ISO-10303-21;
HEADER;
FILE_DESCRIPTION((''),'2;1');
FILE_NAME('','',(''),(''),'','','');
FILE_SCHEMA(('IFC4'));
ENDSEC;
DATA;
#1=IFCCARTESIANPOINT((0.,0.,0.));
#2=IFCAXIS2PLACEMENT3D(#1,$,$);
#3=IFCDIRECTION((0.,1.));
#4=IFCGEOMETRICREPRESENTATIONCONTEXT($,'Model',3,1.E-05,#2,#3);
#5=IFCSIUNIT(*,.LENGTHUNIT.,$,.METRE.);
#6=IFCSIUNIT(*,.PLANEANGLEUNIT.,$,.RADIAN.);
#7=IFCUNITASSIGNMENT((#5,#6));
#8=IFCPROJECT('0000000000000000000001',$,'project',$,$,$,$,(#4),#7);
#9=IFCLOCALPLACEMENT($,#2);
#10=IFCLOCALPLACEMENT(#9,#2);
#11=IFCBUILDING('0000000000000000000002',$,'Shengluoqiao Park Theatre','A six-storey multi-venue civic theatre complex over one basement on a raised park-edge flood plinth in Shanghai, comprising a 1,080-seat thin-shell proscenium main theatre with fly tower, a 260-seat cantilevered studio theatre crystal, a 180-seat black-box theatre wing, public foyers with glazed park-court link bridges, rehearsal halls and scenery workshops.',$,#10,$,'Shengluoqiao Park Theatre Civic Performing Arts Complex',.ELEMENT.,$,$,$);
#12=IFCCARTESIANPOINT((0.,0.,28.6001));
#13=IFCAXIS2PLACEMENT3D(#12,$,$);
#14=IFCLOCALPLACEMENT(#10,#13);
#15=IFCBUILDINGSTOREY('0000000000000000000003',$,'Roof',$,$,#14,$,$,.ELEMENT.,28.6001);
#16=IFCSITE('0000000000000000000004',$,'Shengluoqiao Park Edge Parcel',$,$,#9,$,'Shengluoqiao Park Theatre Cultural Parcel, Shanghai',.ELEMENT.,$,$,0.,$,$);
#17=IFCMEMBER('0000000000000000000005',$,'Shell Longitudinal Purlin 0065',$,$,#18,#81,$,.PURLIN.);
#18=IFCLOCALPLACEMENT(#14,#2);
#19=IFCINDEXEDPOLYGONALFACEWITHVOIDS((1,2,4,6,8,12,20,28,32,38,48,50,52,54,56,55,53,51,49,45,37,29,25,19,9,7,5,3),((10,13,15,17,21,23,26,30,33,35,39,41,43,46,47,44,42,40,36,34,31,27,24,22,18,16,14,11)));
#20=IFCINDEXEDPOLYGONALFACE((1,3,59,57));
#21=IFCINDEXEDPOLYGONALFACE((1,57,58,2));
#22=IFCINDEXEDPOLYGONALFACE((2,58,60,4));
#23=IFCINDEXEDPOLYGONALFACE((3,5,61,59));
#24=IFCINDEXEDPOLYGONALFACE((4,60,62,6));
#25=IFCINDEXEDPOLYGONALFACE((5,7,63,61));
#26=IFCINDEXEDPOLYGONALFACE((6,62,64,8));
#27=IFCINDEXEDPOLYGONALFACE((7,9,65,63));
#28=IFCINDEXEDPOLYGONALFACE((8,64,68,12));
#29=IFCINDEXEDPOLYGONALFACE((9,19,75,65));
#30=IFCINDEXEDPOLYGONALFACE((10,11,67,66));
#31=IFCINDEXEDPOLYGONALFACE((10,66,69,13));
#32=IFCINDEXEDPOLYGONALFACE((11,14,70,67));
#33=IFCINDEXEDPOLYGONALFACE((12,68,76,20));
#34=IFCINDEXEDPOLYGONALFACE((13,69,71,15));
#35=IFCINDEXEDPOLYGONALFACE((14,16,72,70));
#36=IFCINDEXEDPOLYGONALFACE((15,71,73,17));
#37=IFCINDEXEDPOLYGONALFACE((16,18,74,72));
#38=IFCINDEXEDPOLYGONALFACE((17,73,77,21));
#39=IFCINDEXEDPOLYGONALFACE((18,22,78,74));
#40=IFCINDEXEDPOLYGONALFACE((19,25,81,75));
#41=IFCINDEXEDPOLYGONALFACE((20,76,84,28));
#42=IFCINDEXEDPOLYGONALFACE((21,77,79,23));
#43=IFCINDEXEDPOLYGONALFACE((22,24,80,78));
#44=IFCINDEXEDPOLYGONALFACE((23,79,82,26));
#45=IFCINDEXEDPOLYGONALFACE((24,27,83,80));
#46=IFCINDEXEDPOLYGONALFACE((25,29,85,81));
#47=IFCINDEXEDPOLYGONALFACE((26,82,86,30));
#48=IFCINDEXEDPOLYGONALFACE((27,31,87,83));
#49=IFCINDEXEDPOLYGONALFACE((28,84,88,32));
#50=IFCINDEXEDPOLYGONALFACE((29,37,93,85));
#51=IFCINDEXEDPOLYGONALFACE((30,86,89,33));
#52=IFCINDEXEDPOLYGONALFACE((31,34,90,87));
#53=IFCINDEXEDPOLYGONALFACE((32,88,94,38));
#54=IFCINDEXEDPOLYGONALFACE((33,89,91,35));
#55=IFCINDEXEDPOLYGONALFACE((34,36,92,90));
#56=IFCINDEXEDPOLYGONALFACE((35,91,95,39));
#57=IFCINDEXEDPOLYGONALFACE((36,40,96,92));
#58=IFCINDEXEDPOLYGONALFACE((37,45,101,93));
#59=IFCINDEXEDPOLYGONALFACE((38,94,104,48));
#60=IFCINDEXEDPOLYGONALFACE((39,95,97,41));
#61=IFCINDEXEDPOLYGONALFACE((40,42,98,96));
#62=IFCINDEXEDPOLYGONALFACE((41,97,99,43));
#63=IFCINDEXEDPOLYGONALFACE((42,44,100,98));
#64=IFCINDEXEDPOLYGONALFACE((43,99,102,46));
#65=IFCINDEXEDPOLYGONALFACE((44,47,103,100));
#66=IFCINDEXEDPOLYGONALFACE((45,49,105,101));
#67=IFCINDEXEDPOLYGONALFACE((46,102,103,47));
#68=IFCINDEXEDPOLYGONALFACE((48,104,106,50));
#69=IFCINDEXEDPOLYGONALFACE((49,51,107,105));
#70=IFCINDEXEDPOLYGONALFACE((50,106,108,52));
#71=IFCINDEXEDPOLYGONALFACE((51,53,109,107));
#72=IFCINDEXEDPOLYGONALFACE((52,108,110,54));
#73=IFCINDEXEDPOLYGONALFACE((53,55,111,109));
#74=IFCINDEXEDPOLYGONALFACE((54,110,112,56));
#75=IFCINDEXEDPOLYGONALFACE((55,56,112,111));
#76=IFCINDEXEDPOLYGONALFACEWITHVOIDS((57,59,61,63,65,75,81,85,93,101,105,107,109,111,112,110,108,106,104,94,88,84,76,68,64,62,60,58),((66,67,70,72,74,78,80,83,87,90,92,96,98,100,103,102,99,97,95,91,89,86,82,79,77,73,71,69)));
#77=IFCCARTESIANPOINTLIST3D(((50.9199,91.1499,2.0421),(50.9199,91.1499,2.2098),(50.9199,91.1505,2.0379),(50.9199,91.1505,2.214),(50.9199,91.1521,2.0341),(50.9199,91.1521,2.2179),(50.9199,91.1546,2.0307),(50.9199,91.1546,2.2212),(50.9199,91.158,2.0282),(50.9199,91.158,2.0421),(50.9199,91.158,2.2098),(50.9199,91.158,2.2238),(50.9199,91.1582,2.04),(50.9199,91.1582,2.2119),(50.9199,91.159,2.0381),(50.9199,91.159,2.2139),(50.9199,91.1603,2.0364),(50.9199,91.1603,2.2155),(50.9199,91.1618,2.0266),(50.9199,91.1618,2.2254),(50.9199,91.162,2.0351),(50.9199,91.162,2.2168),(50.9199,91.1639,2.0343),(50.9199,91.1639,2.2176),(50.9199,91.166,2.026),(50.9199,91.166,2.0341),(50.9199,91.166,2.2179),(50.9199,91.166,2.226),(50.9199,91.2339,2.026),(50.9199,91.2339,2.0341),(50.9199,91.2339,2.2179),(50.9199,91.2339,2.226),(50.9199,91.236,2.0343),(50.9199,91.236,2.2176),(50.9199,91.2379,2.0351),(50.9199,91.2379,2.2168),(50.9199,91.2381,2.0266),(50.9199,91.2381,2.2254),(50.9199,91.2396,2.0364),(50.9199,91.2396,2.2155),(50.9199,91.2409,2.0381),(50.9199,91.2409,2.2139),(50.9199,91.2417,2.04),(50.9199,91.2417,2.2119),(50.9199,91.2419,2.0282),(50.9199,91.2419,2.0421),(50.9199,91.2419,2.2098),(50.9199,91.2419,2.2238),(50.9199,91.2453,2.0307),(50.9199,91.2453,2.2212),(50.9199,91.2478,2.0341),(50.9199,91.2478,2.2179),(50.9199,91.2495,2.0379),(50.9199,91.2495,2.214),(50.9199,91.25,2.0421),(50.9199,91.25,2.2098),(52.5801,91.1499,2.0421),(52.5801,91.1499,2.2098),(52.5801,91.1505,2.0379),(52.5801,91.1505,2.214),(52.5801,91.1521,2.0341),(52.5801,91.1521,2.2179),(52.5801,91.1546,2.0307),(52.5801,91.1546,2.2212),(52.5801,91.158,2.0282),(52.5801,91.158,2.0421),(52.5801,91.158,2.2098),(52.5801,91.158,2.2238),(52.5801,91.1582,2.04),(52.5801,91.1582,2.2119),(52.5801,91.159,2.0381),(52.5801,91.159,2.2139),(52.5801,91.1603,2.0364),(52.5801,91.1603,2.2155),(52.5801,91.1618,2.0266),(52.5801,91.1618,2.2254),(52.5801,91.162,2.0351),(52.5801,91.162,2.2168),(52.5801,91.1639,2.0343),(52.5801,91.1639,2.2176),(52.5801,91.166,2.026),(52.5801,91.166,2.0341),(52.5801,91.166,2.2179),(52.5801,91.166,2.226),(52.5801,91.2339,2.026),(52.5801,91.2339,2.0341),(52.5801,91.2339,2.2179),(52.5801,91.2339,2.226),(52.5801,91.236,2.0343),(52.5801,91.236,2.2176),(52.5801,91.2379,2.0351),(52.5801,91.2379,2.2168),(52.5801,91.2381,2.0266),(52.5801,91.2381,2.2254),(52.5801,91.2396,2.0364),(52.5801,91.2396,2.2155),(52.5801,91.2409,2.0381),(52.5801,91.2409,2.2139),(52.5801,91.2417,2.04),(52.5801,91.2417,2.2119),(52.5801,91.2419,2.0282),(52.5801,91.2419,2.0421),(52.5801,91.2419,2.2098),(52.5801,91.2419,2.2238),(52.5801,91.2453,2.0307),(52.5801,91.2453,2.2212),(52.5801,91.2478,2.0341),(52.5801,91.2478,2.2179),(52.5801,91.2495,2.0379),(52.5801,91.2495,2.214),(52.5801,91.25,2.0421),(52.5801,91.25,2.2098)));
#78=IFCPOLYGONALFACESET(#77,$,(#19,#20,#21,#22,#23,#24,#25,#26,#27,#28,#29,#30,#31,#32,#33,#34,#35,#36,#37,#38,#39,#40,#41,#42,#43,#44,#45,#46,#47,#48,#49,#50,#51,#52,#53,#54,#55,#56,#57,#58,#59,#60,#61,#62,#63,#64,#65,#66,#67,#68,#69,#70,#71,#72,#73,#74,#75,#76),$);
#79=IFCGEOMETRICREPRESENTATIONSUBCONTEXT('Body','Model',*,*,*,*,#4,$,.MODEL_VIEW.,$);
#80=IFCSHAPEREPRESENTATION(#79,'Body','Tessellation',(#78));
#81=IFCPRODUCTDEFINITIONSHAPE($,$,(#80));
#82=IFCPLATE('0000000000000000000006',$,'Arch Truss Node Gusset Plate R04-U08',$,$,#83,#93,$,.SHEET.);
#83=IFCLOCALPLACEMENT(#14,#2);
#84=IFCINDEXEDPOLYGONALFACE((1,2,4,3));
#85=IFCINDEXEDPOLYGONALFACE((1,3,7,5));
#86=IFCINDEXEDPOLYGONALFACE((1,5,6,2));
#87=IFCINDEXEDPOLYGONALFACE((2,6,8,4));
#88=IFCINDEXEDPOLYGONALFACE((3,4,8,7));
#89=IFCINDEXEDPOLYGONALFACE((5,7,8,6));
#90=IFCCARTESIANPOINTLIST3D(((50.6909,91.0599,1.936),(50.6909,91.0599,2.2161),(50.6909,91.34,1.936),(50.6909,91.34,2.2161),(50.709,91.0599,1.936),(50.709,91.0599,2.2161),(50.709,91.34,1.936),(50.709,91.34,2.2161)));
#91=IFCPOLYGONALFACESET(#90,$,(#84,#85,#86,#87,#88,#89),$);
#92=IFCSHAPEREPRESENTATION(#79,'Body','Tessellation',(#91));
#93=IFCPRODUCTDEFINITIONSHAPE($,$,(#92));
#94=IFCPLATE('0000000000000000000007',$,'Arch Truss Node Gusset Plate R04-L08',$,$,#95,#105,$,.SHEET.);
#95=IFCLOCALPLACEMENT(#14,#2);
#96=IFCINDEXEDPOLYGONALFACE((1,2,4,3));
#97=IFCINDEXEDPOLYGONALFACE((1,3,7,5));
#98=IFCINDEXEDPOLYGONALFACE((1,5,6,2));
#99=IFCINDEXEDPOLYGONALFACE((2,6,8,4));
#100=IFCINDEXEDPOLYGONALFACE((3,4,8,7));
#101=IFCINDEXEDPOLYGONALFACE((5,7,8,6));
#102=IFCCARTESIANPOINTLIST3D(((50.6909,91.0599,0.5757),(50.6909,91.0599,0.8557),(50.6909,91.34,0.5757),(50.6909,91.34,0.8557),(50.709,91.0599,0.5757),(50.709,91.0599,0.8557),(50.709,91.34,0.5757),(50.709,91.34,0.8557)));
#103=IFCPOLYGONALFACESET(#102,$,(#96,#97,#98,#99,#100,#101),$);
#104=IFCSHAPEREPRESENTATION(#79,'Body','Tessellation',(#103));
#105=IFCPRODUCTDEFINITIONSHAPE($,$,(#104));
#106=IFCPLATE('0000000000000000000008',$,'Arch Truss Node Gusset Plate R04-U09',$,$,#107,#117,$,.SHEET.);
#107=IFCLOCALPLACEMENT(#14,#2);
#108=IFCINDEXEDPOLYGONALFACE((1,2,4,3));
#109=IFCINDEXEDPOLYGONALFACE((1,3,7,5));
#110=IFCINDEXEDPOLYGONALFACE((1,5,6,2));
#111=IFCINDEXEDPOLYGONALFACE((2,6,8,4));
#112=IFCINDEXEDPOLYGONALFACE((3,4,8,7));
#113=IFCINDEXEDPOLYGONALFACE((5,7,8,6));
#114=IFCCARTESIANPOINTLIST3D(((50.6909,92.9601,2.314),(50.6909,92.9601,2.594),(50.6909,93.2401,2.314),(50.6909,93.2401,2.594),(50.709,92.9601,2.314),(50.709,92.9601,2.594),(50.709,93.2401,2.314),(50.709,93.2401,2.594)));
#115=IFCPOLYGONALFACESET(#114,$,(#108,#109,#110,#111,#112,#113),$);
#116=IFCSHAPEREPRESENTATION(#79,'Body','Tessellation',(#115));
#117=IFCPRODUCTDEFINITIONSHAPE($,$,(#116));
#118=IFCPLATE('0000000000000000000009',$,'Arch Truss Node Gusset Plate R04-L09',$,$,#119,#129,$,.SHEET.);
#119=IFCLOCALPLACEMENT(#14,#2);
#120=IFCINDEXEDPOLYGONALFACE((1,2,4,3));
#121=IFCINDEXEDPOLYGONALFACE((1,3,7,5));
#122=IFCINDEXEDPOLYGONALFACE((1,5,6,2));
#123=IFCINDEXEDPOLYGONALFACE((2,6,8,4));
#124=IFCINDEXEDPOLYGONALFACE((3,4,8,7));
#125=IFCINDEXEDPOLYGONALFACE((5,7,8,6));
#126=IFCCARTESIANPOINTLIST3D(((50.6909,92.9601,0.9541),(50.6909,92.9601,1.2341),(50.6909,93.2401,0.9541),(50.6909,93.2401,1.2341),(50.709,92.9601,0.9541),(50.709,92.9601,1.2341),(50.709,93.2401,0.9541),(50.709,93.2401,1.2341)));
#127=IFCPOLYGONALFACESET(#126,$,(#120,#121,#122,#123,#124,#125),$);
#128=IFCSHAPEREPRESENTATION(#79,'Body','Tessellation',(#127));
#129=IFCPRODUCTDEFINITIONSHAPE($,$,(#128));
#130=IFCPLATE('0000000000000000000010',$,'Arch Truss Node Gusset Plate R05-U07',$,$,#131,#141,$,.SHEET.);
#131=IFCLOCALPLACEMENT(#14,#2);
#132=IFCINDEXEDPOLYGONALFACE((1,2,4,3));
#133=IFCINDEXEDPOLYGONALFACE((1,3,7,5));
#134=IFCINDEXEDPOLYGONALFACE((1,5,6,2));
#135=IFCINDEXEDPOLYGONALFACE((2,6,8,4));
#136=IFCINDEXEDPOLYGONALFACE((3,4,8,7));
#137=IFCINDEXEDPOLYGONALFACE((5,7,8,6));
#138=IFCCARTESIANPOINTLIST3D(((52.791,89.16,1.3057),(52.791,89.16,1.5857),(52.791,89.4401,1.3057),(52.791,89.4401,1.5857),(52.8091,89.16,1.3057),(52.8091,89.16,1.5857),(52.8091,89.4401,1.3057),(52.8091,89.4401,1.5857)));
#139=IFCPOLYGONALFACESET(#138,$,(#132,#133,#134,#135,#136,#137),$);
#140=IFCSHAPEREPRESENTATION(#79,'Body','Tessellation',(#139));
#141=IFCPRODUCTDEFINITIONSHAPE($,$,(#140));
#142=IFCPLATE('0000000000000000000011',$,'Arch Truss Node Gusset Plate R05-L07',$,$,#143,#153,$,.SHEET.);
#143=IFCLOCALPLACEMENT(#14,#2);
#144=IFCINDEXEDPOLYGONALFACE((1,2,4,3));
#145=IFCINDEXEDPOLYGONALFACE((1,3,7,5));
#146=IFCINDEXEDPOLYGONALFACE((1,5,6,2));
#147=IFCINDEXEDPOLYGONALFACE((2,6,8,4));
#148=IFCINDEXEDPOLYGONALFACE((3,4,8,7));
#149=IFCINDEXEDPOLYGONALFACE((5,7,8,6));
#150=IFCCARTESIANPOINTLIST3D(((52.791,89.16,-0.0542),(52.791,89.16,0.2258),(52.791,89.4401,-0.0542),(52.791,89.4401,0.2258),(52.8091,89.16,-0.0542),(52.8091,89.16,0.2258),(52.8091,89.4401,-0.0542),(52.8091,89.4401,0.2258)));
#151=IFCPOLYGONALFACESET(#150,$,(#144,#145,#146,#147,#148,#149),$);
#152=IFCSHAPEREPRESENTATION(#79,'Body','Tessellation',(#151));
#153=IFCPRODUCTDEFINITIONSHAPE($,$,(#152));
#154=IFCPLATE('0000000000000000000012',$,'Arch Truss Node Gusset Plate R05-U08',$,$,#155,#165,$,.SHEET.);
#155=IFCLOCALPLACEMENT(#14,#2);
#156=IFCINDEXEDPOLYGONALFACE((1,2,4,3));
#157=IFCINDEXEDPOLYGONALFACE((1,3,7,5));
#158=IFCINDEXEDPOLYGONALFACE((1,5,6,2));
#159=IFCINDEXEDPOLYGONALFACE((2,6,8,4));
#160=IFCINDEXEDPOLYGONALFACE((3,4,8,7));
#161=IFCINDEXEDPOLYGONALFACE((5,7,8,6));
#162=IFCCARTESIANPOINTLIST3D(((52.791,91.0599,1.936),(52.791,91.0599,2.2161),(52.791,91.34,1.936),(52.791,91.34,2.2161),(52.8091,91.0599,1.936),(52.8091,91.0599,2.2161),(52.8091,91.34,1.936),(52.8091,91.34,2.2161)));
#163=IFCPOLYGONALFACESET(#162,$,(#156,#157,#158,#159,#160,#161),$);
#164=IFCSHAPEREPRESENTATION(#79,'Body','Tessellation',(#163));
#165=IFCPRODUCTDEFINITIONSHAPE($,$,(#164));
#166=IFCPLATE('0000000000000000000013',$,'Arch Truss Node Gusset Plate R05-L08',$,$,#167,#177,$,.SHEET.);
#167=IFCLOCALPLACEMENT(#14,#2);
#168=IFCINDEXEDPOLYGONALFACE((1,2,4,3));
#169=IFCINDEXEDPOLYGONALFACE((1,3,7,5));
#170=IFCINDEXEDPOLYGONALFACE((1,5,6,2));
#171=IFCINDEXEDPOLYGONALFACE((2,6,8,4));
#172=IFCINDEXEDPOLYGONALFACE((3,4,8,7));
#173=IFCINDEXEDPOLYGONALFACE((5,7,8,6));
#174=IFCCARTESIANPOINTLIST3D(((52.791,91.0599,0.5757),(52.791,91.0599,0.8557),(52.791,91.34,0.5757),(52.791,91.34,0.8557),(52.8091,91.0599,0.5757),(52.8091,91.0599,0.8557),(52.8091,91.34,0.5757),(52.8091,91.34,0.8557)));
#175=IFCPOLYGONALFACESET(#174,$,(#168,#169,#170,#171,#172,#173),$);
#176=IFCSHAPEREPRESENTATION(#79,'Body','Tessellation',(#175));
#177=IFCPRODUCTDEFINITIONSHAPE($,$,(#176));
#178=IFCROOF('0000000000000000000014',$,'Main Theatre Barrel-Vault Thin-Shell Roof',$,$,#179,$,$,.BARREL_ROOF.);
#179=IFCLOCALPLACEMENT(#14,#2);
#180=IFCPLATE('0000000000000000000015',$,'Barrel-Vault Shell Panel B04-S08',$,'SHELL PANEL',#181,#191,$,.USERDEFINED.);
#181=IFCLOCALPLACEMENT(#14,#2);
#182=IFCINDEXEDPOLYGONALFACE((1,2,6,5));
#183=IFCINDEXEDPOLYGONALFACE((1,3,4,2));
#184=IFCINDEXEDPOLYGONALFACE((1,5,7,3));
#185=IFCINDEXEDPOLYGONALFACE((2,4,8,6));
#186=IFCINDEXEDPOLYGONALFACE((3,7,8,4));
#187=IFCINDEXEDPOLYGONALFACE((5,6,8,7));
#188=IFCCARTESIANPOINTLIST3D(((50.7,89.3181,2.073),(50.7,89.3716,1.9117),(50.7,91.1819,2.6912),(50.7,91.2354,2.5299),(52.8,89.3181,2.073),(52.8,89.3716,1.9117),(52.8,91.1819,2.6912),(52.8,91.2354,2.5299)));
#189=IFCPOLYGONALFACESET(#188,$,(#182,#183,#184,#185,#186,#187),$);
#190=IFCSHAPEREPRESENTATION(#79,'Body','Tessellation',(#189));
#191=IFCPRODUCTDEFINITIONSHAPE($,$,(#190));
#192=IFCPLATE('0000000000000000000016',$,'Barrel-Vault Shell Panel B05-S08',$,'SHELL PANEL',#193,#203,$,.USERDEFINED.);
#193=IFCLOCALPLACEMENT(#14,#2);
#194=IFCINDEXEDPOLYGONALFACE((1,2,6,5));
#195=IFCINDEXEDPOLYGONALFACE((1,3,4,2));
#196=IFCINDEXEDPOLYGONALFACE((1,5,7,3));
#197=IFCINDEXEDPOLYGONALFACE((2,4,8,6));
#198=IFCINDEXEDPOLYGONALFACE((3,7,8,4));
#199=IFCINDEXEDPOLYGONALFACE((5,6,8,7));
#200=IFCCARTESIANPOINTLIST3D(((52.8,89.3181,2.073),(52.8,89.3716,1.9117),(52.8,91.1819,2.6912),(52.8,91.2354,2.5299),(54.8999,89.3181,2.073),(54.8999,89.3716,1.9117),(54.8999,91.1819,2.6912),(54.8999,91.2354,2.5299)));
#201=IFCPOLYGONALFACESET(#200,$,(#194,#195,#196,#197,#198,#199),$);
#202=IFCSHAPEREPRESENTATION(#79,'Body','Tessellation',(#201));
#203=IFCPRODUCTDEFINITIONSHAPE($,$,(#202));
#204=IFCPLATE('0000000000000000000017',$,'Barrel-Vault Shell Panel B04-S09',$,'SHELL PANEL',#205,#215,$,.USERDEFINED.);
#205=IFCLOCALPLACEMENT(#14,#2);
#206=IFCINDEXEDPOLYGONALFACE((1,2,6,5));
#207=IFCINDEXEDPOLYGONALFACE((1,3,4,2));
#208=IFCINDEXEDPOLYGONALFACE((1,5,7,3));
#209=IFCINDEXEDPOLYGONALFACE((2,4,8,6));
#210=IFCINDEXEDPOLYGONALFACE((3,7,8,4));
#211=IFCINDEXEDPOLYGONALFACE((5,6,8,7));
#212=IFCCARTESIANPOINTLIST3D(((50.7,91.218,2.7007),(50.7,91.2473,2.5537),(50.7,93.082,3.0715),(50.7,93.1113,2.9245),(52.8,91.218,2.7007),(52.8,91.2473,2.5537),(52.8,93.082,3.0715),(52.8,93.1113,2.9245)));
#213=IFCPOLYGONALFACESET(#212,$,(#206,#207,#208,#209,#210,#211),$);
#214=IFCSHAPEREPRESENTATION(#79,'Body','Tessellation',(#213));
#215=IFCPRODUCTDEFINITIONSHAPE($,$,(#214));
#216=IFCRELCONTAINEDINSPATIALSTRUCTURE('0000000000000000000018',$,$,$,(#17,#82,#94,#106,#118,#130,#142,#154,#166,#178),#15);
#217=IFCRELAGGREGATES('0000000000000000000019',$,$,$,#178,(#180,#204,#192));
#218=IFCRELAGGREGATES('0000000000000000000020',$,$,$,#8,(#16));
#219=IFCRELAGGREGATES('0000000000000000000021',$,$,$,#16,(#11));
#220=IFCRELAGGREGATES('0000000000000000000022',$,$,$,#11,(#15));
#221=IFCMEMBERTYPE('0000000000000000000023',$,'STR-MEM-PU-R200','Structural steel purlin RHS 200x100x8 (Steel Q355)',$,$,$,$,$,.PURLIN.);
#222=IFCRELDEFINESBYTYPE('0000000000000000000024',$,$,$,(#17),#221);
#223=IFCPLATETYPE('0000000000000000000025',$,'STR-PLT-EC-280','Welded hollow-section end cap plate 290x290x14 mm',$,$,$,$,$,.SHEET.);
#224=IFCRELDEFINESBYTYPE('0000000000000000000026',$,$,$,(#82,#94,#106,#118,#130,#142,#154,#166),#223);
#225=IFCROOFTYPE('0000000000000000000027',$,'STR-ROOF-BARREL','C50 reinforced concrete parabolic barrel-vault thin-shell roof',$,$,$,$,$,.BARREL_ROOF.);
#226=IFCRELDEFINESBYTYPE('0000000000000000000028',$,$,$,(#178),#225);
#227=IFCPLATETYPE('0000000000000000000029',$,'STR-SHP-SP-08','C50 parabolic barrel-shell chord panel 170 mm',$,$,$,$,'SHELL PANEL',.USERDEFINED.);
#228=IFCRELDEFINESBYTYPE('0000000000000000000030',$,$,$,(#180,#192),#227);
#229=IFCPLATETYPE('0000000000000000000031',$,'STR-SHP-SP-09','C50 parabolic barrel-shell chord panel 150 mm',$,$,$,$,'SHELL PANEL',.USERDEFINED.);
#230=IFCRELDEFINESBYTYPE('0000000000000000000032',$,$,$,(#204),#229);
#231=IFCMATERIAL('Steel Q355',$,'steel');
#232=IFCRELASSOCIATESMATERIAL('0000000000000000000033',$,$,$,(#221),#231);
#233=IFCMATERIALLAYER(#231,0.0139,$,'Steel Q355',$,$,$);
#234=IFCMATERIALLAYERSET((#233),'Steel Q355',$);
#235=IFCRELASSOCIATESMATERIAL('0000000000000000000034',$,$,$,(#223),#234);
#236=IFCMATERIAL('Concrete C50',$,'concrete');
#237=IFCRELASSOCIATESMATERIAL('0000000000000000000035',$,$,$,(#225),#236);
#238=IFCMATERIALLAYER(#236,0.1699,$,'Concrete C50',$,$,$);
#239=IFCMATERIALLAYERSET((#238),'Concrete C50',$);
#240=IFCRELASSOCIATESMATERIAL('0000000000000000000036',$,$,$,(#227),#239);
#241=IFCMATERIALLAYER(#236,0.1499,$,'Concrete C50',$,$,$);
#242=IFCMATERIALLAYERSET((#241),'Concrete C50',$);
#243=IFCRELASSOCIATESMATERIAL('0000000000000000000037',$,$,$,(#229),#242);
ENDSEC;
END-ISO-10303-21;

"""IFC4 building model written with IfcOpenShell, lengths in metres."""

from ifc_helpers import new_model, si_unit, direction, frame, origin, origin_2d, place, context, subcontext, project, spatial, polyline, rectangle, hollow_rectangle, outline, extrude, material, layer, layer_set, material_profile, profile_set, type_object, element, aggregate, save


model = new_model("IFC4")

# Units and contexts
model_context = context("Model", 3, precision=1e-05, world=origin(), true_north=direction((0.0, 1.0)))
body_context = subcontext(model_context, "Body", "Model", "MODEL_VIEW")
ifc_project = project(units=[si_unit("LENGTHUNIT", "METRE"), si_unit("PLANEANGLEUNIT", "RADIAN")], contexts=[model_context])

# Site, building, storey
site_placement = place(None, origin())
site = spatial("IfcSite", under=ifc_project, at=site_placement, Name="Shengluoqiao Park Edge Parcel", LongName="Shengluoqiao Park Theatre Cultural Parcel, Shanghai", CompositionType="ELEMENT", RefElevation=0.0)
building_placement = place(site_placement, origin())
building = spatial("IfcBuilding", under=site, at=building_placement, Name="Shengluoqiao Park Theatre", Description="A six-storey multi-venue civic theatre complex over one basement on a raised park-edge flood plinth in Shanghai, comprising a 1,080-seat thin-shell proscenium main theatre with fly tower, a 260-seat cantilevered studio theatre crystal, a 180-seat black-box theatre wing, public foyers with glazed park-court link bridges, rehearsal halls and scenery workshops.", LongName="Shengluoqiao Park Theatre Civic Performing Arts Complex", CompositionType="ELEMENT")
storey_placement = place(building_placement, frame((0.0, 0.0, 28.6001)))
storey = spatial("IfcBuildingStorey", under=building, at=storey_placement, Name="Roof", CompositionType="ELEMENT", Elevation=28.6001)

# Shared definitions
ifc_material_1 = material(Name="Concrete C50", Category="concrete")
ifc_material_2 = material(Name="Steel Q355", Category="steel")

# Member
ifc_material_profile_1 = material_profile(ifc_material_2, hollow_rectangle(XDim=0.1001, YDim=0.2, WallThickness=0.0081, InnerFilletRadius=0.0081, OuterFilletRadius=0.0161, at=origin_2d()), Name="RHS 200x100x8")
ifc_profile_set_1 = profile_set([ifc_material_profile_1], Name="Steel Q355")
member_type_1 = type_object("IfcMemberType", Name="STR-MEM-PU-R200", Description="Structural steel purlin RHS 200x100x8 (Steel Q355)", PredefinedType="PURLIN", material=ifc_profile_set_1)
member_1_placement = place(storey_placement, frame((50.9199, 91.2, 2.126), z_axis=(1.0, 0.0, 0.0), x_axis=(0.0, 1.0, 0.0)))
element("IfcMember", 1, at=member_1_placement, inside=storey, type_object=member_type_1, Name="Shell Longitudinal Purlin 0065", PredefinedType="PURLIN", context=body_context, shape_type="SweptSolid", body=[
    extrude(hollow_rectangle(XDim=0.1001, YDim=0.2, WallThickness=0.0081, InnerFilletRadius=0.0081, OuterFilletRadius=0.0161, at=origin_2d()), origin(), (0.0, 0.0, 1.0), 1.6602),
])

# Plates
ifc_layer_1 = layer(ifc_material_2, 0.0139, Name="Steel Q355")
ifc_layer_set_1 = layer_set([ifc_layer_1], Name="Steel Q355")
plate_type_1 = type_object("IfcPlateType", Name="STR-PLT-EC-280", Description="Welded hollow-section end cap plate 290x290x14 mm", PredefinedType="SHEET", material=ifc_layer_set_1)
for number, where, z_axis, x_axis, name in (
    (2, (50.7, 91.2, 1.936), (0.0, 0.0, 1.0), (1.0, 0.0, 0.0), "Arch Truss Node Gusset Plate R04-U08"),
    (3, (50.7, 91.2, 0.5757), (0.0, 0.0, 1.0), (1.0, 0.0, 0.0), "Arch Truss Node Gusset Plate R04-L08"),
    (4, (50.7, 93.1001, 2.314), (0.0, 0.0, 1.0), (1.0, 0.0, 0.0), "Arch Truss Node Gusset Plate R04-U09"),
    (5, (50.7, 93.1001, 0.9541), (0.0, 0.0, 1.0), (1.0, 0.0, 0.0), "Arch Truss Node Gusset Plate R04-L09"),
    (6, (52.8, 89.3, 1.3057), (0.0, 0.0, 1.0), (1.0, 0.0, 0.0), "Arch Truss Node Gusset Plate R05-U07"),
    (7, (52.8, 89.3, -0.0542), (0.0, 0.0, 1.0), (1.0, 0.0, 0.0), "Arch Truss Node Gusset Plate R05-L07"),
    (8, (52.8, 91.2, 1.936), (0.0, 0.0, 1.0), (1.0, 0.0, 0.0), "Arch Truss Node Gusset Plate R05-U08"),
    (9, (52.8, 91.2, 0.5757), (0.0, 0.0, 1.0), (1.0, 0.0, 0.0), "Arch Truss Node Gusset Plate R05-L08"),
):
    element("IfcPlate", number, at=place(storey_placement, frame(where, z_axis=z_axis, x_axis=x_axis)), inside=storey, type_object=plate_type_1, Name=name, PredefinedType="SHEET", context=body_context, shape_type="SweptSolid", body=[
        extrude(rectangle(XDim=0.0181, YDim=0.28, at=origin_2d()), origin(), (0.0, 0.0, 1.0), 0.28),
    ])

# Roof, plates
roof_type = type_object("IfcRoofType", Name="STR-ROOF-BARREL", Description="C50 reinforced concrete parabolic barrel-vault thin-shell roof", PredefinedType="BARREL_ROOF", material=ifc_material_1)
roof_placement = place(storey_placement, origin())
roof = element("IfcRoof", 10, at=roof_placement, inside=storey, type_object=roof_type, Name="Main Theatre Barrel-Vault Thin-Shell Roof", PredefinedType="BARREL_ROOF")
ifc_layer_2 = layer(ifc_material_1, 0.1699, Name="Concrete C50")
ifc_layer_set_2 = layer_set([ifc_layer_2], Name="Concrete C50")
plate_type_2 = type_object("IfcPlateType", Name="STR-SHP-SP-08", Description="C50 parabolic barrel-shell chord panel 170 mm", ElementType="SHELL PANEL", PredefinedType="USERDEFINED", material=ifc_layer_set_2)
plate_1_placement = place(storey_placement, frame((50.7, 89.3181, 2.073), z_axis=(0.0, -0.31481, 0.949155), x_axis=(1.0, 0.0, 0.0)))
plate_1 = element("IfcPlate", 11, at=plate_1_placement, type_object=plate_type_2, Name="Barrel-Vault Shell Panel B04-S08", ObjectType="SHELL PANEL", PredefinedType="USERDEFINED", context=body_context, shape_type="SweptSolid", body=[
    extrude(outline(polyline([(0.0, 0.0), (2.1001, 0.0), (2.1001, 1.9636), (0.0, 1.9636), (0.0, 0.0)])), origin(), (0.0, 0.0, -1.0), 0.1699),
])
plate_2_placement = place(storey_placement, frame((52.8, 89.3181, 2.073), z_axis=(0.0, -0.31481, 0.949155), x_axis=(1.0, 0.0, 0.0)))
plate_2 = element("IfcPlate", 12, at=plate_2_placement, type_object=plate_type_2, Name="Barrel-Vault Shell Panel B05-S08", ObjectType="SHELL PANEL", PredefinedType="USERDEFINED", context=body_context, shape_type="SweptSolid", body=[
    extrude(outline(polyline([(0.0, 0.0), (2.0999, 0.0), (2.0999, 1.9636), (0.0, 1.9636), (0.0, 0.0)])), origin(), (0.0, 0.0, -1.0), 0.1699),
])
ifc_layer_3 = layer(ifc_material_1, 0.1499, Name="Concrete C50")
ifc_layer_set_3 = layer_set([ifc_layer_3], Name="Concrete C50")
plate_type_3 = type_object("IfcPlateType", Name="STR-SHP-SP-09", Description="C50 parabolic barrel-shell chord panel 150 mm", ElementType="SHELL PANEL", PredefinedType="USERDEFINED", material=ifc_layer_set_3)
plate_3_placement = place(storey_placement, frame((50.7, 91.218, 2.7007), z_axis=(0.0, -0.195128, 0.980778), x_axis=(1.0, 0.0, 0.0)))
plate_3 = element("IfcPlate", 13, at=plate_3_placement, type_object=plate_type_3, Name="Barrel-Vault Shell Panel B04-S09", ObjectType="SHELL PANEL", PredefinedType="USERDEFINED", context=body_context, shape_type="SweptSolid", body=[
    extrude(outline(polyline([(0.0, 0.0), (2.1001, 0.0), (2.1001, 1.9005), (0.0, 1.9005), (0.0, 0.0)])), origin(), (0.0, 0.0, -1.0), 0.1499),
])
aggregate(roof, [plate_1, plate_3, plate_2])

save(model, "model.ifc")
